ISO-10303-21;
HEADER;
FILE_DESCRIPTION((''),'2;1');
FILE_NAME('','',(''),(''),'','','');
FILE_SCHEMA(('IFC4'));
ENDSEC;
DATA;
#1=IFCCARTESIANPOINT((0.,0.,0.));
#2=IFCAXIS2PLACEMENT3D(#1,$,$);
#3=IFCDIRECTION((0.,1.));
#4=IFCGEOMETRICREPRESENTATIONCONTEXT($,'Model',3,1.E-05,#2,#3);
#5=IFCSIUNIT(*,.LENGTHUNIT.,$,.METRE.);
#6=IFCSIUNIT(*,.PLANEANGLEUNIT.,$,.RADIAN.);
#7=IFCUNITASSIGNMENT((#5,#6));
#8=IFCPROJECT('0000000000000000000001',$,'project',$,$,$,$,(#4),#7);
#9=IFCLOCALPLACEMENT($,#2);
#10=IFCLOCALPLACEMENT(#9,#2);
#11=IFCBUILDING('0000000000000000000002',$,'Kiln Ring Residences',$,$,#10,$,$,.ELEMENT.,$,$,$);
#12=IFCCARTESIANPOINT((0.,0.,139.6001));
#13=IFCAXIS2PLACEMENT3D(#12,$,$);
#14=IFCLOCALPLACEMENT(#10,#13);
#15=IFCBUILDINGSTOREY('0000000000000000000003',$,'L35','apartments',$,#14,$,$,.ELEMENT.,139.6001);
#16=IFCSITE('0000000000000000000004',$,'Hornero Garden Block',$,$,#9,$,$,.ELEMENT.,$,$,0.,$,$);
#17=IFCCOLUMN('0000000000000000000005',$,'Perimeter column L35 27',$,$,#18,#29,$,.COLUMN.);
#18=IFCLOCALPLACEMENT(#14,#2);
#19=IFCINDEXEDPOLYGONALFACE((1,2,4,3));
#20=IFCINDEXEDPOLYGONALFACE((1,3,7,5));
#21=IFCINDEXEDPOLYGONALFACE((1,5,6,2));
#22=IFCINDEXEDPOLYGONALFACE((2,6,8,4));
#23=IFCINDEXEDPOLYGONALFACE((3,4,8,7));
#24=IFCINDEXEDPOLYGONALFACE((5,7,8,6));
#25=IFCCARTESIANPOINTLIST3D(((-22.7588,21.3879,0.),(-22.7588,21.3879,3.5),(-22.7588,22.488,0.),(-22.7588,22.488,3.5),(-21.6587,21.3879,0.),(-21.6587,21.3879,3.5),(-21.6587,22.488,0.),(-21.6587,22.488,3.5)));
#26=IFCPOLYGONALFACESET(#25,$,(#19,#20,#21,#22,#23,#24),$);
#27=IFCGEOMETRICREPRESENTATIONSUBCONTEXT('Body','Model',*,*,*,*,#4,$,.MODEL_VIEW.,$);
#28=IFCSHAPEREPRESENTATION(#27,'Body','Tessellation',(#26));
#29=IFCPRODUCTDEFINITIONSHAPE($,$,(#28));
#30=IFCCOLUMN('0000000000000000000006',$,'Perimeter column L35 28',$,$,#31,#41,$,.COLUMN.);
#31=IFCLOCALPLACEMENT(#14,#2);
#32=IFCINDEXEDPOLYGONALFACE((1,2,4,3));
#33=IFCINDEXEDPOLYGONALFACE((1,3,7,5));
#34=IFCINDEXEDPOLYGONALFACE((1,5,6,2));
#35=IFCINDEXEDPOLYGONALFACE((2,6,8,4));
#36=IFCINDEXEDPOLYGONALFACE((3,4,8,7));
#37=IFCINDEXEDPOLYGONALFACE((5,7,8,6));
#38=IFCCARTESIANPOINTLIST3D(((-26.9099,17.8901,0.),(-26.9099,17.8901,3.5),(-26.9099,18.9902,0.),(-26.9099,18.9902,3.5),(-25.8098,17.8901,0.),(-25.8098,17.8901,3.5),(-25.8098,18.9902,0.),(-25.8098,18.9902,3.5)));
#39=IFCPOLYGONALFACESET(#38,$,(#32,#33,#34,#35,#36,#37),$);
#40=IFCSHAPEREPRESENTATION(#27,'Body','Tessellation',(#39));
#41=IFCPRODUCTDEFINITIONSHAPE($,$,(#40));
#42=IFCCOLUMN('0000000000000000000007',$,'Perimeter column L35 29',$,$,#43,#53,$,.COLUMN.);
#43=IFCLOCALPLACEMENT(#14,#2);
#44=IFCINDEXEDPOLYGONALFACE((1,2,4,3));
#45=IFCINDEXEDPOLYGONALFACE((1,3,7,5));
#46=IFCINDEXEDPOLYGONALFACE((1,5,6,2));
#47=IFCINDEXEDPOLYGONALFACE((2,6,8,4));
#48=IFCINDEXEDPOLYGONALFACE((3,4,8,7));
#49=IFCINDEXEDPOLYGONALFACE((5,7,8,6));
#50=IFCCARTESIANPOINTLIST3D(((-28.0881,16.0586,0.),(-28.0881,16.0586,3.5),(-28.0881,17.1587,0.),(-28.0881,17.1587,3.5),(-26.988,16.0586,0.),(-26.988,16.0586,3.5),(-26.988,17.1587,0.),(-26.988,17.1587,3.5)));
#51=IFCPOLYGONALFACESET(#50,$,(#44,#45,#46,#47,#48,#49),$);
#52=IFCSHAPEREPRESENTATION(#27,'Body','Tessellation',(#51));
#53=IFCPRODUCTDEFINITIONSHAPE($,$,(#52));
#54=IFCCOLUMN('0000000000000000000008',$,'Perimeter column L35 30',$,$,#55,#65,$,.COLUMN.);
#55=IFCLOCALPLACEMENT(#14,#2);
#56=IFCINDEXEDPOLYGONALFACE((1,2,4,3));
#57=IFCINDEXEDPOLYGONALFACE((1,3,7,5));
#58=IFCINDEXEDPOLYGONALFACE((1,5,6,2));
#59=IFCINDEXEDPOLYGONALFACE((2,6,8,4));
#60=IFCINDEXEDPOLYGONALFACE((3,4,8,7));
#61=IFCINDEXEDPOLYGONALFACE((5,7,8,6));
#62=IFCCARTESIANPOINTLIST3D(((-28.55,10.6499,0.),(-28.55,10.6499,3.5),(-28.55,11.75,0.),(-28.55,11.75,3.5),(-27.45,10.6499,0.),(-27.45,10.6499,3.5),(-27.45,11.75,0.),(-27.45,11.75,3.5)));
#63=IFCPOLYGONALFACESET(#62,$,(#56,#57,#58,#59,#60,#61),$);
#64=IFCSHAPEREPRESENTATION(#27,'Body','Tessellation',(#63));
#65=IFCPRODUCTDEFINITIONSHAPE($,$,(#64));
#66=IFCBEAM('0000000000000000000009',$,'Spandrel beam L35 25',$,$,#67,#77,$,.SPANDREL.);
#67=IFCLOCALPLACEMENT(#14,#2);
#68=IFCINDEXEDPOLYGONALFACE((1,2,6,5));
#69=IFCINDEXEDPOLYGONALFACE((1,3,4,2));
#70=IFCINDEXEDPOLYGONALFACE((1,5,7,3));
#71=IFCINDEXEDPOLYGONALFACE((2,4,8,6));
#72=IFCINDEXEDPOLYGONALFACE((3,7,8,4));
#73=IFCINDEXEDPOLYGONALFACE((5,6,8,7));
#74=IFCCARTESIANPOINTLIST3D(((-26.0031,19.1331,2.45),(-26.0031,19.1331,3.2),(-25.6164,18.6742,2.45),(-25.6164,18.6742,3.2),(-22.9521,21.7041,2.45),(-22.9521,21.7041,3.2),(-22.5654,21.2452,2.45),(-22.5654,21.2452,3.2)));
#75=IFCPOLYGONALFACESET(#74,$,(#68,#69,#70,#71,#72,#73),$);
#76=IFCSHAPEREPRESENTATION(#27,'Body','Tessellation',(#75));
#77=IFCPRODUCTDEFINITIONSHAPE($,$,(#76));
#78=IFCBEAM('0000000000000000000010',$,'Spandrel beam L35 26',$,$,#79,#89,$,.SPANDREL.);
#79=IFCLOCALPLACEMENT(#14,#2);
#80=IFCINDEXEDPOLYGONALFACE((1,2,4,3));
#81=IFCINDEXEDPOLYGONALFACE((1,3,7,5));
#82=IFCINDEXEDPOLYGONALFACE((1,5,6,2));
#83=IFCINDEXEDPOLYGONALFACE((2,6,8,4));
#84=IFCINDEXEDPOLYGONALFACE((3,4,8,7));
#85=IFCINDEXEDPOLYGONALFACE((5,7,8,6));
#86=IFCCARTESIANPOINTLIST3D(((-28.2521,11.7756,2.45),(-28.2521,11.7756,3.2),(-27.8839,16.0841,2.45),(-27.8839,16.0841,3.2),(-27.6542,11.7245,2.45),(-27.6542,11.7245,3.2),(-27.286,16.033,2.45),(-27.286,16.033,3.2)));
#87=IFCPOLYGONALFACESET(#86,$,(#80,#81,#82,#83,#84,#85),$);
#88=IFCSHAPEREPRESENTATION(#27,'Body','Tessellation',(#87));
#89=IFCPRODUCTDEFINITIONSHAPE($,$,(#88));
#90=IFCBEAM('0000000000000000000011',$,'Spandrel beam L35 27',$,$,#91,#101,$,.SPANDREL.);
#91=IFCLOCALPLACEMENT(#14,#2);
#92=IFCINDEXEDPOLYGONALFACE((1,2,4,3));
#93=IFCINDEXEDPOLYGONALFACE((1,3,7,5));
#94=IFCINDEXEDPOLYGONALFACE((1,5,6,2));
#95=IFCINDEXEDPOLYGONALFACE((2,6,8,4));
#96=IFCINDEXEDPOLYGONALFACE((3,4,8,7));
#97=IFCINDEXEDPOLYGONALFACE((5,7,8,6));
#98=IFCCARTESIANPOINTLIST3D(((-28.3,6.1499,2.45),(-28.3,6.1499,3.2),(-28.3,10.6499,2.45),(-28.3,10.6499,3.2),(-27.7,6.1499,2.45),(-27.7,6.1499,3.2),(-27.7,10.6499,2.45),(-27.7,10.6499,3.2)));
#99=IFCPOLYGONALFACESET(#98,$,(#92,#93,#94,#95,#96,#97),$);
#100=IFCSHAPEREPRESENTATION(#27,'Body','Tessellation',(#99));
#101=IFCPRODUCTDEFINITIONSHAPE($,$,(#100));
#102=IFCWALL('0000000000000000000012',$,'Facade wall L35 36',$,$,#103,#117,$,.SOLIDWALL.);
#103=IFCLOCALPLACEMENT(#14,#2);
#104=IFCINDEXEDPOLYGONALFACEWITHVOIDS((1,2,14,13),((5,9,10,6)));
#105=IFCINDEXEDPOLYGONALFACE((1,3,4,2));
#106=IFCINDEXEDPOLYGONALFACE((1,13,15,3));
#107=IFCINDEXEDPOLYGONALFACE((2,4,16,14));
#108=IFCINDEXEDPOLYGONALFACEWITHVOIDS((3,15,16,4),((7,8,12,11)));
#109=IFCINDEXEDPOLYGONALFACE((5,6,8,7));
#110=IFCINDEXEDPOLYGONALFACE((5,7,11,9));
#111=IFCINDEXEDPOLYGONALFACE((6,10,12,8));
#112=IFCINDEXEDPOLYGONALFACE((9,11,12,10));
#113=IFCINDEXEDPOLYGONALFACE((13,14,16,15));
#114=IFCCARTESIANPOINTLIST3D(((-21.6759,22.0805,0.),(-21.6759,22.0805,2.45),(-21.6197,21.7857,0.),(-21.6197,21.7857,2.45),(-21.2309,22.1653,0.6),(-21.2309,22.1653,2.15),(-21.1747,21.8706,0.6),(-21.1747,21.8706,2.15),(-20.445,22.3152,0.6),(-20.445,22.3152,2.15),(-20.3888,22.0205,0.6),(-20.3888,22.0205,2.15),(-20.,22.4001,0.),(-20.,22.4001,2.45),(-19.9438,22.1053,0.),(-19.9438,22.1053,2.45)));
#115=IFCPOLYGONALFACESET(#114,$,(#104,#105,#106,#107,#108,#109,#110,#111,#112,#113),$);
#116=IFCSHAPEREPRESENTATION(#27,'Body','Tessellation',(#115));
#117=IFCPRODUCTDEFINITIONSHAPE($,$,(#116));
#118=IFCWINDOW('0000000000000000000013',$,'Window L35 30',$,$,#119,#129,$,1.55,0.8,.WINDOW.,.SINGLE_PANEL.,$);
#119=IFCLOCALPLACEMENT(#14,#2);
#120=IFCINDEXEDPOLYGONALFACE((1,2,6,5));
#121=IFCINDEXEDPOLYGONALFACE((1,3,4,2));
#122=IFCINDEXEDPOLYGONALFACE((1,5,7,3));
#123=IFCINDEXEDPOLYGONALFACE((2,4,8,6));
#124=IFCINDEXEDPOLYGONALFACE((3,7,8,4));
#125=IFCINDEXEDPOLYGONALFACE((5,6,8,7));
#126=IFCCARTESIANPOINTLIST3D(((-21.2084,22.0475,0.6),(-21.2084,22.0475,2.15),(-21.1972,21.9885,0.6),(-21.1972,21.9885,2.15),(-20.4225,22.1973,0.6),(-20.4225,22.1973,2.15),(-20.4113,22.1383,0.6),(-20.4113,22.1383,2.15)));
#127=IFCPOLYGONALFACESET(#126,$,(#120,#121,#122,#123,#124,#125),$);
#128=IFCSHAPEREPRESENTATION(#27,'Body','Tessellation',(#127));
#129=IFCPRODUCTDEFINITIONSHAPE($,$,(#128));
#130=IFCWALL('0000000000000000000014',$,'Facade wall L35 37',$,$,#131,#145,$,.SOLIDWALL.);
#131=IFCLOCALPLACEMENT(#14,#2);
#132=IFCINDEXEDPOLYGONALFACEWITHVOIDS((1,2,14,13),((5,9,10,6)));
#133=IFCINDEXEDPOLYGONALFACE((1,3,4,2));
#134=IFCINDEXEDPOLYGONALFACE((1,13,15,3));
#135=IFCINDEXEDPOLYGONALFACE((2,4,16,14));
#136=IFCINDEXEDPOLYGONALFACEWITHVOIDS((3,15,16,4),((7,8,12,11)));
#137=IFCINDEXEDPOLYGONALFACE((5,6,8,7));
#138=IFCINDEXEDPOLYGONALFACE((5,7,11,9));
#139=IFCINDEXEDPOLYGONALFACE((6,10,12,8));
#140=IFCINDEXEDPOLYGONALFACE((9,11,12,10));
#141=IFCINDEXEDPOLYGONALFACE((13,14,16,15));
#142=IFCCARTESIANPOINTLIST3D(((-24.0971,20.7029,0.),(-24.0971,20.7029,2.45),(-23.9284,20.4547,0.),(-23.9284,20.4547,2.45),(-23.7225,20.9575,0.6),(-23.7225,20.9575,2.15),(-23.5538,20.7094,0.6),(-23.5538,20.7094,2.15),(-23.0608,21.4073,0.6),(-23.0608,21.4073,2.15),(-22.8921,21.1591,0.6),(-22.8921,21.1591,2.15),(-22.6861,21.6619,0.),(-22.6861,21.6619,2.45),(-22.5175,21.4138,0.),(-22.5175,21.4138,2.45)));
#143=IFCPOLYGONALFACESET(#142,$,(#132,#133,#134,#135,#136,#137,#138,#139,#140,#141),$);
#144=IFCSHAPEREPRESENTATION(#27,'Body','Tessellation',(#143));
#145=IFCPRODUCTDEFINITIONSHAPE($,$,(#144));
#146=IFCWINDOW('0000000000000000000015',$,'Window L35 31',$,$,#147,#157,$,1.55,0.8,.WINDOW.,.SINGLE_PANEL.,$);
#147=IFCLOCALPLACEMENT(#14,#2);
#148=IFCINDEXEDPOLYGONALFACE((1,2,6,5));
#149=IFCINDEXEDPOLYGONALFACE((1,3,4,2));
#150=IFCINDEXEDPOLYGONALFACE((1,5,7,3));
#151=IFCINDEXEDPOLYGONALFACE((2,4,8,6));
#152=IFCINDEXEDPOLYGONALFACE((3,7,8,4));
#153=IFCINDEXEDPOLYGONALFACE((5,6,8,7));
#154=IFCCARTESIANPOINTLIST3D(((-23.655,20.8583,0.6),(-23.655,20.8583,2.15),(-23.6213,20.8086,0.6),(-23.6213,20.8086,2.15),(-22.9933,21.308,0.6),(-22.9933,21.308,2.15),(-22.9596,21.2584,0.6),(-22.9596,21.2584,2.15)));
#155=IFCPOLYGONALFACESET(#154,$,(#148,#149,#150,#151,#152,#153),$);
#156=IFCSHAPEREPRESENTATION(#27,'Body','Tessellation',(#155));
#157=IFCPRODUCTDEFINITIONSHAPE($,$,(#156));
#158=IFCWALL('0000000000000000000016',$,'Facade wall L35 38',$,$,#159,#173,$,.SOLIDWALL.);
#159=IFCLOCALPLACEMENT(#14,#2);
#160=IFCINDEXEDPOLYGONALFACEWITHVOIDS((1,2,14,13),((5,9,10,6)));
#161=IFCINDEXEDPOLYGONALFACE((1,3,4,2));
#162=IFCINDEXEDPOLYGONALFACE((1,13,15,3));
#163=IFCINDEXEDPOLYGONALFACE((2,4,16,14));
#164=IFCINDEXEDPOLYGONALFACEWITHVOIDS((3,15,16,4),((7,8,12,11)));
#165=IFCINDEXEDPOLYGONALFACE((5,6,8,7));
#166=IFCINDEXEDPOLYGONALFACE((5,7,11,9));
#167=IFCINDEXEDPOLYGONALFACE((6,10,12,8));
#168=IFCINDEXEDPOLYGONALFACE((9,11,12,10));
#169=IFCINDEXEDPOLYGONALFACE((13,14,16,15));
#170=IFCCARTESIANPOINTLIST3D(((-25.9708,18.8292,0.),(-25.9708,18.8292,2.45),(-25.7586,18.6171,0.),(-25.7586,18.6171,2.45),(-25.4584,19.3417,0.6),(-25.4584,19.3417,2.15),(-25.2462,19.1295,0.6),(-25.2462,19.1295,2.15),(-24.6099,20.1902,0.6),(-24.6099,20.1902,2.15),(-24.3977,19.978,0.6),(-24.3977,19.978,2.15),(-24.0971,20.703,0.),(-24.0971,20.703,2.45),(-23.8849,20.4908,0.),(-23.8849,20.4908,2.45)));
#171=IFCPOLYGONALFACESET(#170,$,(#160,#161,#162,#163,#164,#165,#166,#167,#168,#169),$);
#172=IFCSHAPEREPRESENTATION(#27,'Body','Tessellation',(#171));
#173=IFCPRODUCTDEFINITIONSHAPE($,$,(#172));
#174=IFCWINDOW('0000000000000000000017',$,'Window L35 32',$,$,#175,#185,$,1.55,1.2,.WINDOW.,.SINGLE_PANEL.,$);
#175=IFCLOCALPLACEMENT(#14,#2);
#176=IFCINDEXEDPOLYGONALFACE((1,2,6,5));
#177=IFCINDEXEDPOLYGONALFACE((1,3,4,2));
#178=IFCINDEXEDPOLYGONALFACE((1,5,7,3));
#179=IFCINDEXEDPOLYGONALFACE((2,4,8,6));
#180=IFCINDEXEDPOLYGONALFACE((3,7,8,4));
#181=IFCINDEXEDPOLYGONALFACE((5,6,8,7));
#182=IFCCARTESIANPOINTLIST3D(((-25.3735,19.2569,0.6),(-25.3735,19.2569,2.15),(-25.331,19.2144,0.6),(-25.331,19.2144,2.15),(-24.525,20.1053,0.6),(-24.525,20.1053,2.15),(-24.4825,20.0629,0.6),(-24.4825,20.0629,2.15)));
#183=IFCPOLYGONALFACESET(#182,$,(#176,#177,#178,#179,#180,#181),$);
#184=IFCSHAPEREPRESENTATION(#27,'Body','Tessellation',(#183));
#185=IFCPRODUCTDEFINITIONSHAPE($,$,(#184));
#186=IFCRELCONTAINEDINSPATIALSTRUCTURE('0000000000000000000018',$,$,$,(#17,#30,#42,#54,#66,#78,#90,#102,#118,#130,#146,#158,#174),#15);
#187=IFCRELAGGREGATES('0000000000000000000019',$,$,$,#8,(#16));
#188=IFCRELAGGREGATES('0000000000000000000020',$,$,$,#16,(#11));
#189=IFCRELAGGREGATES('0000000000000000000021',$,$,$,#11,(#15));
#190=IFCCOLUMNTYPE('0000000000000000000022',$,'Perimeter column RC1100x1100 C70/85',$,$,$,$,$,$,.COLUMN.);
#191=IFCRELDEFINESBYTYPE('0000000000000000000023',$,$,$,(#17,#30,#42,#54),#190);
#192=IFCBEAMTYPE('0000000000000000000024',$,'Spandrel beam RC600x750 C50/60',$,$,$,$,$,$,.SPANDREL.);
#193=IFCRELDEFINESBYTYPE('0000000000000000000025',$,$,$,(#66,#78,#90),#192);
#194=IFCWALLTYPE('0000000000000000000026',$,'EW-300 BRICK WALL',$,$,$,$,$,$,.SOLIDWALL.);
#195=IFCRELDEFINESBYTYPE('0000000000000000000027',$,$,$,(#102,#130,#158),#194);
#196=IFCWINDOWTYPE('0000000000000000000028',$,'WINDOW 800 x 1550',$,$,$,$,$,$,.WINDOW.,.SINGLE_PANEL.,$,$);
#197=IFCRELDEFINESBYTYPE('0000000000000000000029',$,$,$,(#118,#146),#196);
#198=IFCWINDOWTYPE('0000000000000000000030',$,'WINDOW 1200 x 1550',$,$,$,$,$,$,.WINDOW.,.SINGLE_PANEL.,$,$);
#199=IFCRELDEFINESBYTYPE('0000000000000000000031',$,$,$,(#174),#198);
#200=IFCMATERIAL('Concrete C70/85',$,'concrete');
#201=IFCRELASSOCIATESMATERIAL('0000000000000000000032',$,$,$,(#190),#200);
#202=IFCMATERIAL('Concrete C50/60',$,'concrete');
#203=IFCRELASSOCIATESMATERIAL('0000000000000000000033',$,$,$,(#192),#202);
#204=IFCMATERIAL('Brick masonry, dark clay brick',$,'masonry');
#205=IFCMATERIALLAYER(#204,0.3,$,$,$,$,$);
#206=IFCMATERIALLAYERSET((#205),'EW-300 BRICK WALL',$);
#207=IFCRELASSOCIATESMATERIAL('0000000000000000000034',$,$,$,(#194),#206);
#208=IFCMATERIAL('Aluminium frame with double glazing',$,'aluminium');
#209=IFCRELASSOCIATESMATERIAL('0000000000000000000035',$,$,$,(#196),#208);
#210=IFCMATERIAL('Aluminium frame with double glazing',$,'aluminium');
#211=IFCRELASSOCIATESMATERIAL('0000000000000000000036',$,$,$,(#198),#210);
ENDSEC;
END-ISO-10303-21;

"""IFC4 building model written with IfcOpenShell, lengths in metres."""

from ifc_helpers import new_model, si_unit, direction, frame, frame_2d, origin, origin_2d, place, context, subcontext, project, spatial, rectangle, extrude, material, layer, layer_set, material_profile, profile_set, type_object, element, fill, save


model = new_model("IFC4")

# Units and contexts
model_context = context("Model", 3, precision=1e-05, world=origin(), true_north=direction((0.0, 1.0)))
body_context = subcontext(model_context, "Body", "Model", "MODEL_VIEW")
ifc_project = project(units=[si_unit("LENGTHUNIT", "METRE"), si_unit("PLANEANGLEUNIT", "RADIAN")], contexts=[model_context])

# Site, building, storey
site_placement = place(None, origin())
site = spatial("IfcSite", under=ifc_project, at=site_placement, Name="Hornero Garden Block", CompositionType="ELEMENT", RefElevation=0.0)
building_placement = place(site_placement, origin())
building = spatial("IfcBuilding", under=site, at=building_placement, Name="Kiln Ring Residences", CompositionType="ELEMENT")
storey_placement = place(building_placement, frame((0.0, 0.0, 139.6001)))
storey = spatial("IfcBuildingStorey", under=building, at=storey_placement, Name="L35", Description="apartments", CompositionType="ELEMENT", Elevation=139.6001)

# Columns
ifc_material_1 = material(Name="Concrete C70/85", Category="concrete")
ifc_material_profile_1 = material_profile(ifc_material_1, rectangle(XDim=1.1001, YDim=1.1001, at=origin_2d()), Name="RC1100x1100")
ifc_profile_set_1 = profile_set([ifc_material_profile_1], Name="Concrete C70/85")
column_type = type_object("IfcColumnType", Name="Perimeter column RC1100x1100 C70/85", PredefinedType="COLUMN", material=ifc_profile_set_1)
for number, where, z_axis, x_axis, name in (
    (1, (-22.2087, 21.938, 0.0), (0.0, 0.0, 1.0), (1.0, 0.0, 0.0), "Perimeter column L35 27"),
    (2, (-26.3599, 18.4402, 0.0), (0.0, 0.0, 1.0), (1.0, 0.0, 0.0), "Perimeter column L35 28"),
    (3, (-27.5381, 16.6086, 0.0), (0.0, 0.0, 1.0), (1.0, 0.0, 0.0), "Perimeter column L35 29"),
    (4, (-28.0, 11.2, 0.0), (0.0, 0.0, 1.0), (1.0, 0.0, 0.0), "Perimeter column L35 30"),
):
    element("IfcColumn", number, at=place(storey_placement, frame(where, z_axis=z_axis, x_axis=x_axis)), inside=storey, type_object=column_type, Name=name, PredefinedType="COLUMN", context=body_context, shape_type="SweptSolid", body=[
        extrude(rectangle(XDim=1.1001, YDim=1.1001, at=origin_2d()), origin(), (0.0, 0.0, 1.0), 3.5),
    ])

# Beams
ifc_material_2 = material(Name="Concrete C50/60", Category="concrete")
ifc_material_profile_2 = material_profile(ifc_material_2, rectangle(XDim=0.6001, YDim=0.75, at=origin_2d()), Name="RC600x750")
ifc_profile_set_2 = profile_set([ifc_material_profile_2], Name="Concrete C50/60")
beam_type = type_object("IfcBeamType", Name="Spandrel beam RC600x750 C50/60", PredefinedType="SPANDREL", material=ifc_profile_set_2)
beam_1_placement = place(storey_placement, frame((-22.7588, 21.4746, 2.825), z_axis=(-0.764694, -0.644394, 0.0), x_axis=(0.644394, -0.764694, 0.0)))
element("IfcBeam", 5, at=beam_1_placement, inside=storey, type_object=beam_type, Name="Spandrel beam L35 25", PredefinedType="SPANDREL", context=body_context, shape_type="SweptSolid", body=[
    extrude(rectangle(XDim=0.6001, YDim=0.75, at=origin_2d()), origin(), (0.0, 0.0, 1.0), 3.9897),
])
beam_2_placement = place(storey_placement, frame((-27.585, 16.0586, 2.825), z_axis=(-0.085139, -0.996369, 0.0), x_axis=(0.996369, -0.085139, 0.0)))
element("IfcBeam", 6, at=beam_2_placement, inside=storey, type_object=beam_type, Name="Spandrel beam L35 26", PredefinedType="SPANDREL", context=body_context, shape_type="SweptSolid", body=[
    extrude(rectangle(XDim=0.6001, YDim=0.75, at=origin_2d()), origin(), (0.0, 0.0, 1.0), 4.3242),
])
beam_3_placement = place(storey_placement, frame((-28.0, 10.6499, 2.825), z_axis=(0.0, -1.0, 0.0), x_axis=(1.0, 0.0, 0.0)))
element("IfcBeam", 7, at=beam_3_placement, inside=storey, type_object=beam_type, Name="Spandrel beam L35 27", PredefinedType="SPANDREL", context=body_context, shape_type="SweptSolid", body=[
    extrude(rectangle(XDim=0.6001, YDim=0.75, at=origin_2d()), origin(), (0.0, 0.0, 1.0), 4.5),
])

# Walls, openings, windows
ifc_material_3 = material(Name="Brick masonry, dark clay brick", Category="masonry")
ifc_layer_1 = layer(ifc_material_3, 0.3)
ifc_layer_set_1 = layer_set([ifc_layer_1], Name="EW-300 BRICK WALL")
wall_type_1 = type_object("IfcWallType", Name="EW-300 BRICK WALL", PredefinedType="SOLIDWALL", material=ifc_layer_set_1)
wall_1_placement = place(storey_placement, frame((-19.9719, 22.2527, 0.0), z_axis=(0.0, 0.0, 1.0), x_axis=(-0.982297, -0.187329, 0.0)))
wall_1 = element("IfcWall", 8, at=wall_1_placement, inside=storey, type_object=wall_type_1, Name="Facade wall L35 36", PredefinedType="SOLIDWALL", context=body_context, shape_type="SweptSolid", body=[
    extrude(rectangle(XDim=1.7061, YDim=0.3, at=frame_2d((0.853, 0.0))), origin(), (0.0, 0.0, 1.0), 2.45),
])
opening_1_placement = place(wall_1_placement, frame((0.4531, 0.0, 0.6001)))
opening_1 = element("IfcOpeningElement", 9, at=opening_1_placement, cuts=wall_1, PredefinedType="OPENING", context=body_context, shape_type="SweptSolid", body=[
    extrude(rectangle(XDim=0.8, YDim=1.55, at=frame_2d((0.3999, 0.7749))), frame((0.0, 0.1599, 0.0), z_axis=(0.0, -1.0, 0.0), x_axis=(1.0, 0.0, 0.0)), (0.0, 0.0, 1.0), 0.3201),
])
ifc_material_4 = material(Name="Aluminium frame with double glazing", Category="aluminium")
window_type_1 = type_object("IfcWindowType", Name="WINDOW 800 x 1550", PartitioningType="SINGLE_PANEL", PredefinedType="WINDOW", material=ifc_material_4)
window_1_placement = place(opening_1_placement, origin())
window_1 = element("IfcWindow", 10, at=window_1_placement, inside=storey, type_object=window_type_1, Name="Window L35 30", OverallHeight=1.55, OverallWidth=0.8, PartitioningType="SINGLE_PANEL", PredefinedType="WINDOW", context=body_context, shape_type="SweptSolid", body=[
    extrude(rectangle(XDim=0.8, YDim=1.55, at=frame_2d((0.3999, 0.7749))), frame((0.0, 0.03, 0.0), z_axis=(0.0, -1.0, 0.0), x_axis=(1.0, 0.0, 0.0)), (0.0, 0.0, 1.0), 0.0601),
])
fill(opening_1, window_1)
wall_2_placement = place(storey_placement, frame((-22.6018, 21.5378, 0.0), z_axis=(0.0, 0.0, 1.0), x_axis=(-0.827041, -0.562142, 0.0)))
wall_2 = element("IfcWall", 11, at=wall_2_placement, inside=storey, type_object=wall_type_1, Name="Facade wall L35 37", PredefinedType="SOLIDWALL", context=body_context, shape_type="SweptSolid", body=[
    extrude(rectangle(XDim=1.7061, YDim=0.3, at=frame_2d((0.853, 0.0))), origin(), (0.0, 0.0, 1.0), 2.45),
])
opening_2_placement = place(wall_2_placement, frame((0.4531, 0.0, 0.6001)))
opening_2 = element("IfcOpeningElement", 12, at=opening_2_placement, cuts=wall_2, PredefinedType="OPENING", context=body_context, shape_type="SweptSolid", body=[
    extrude(rectangle(XDim=0.8, YDim=1.55, at=frame_2d((0.3999, 0.7749))), frame((0.0, 0.1599, 0.0), z_axis=(0.0, -1.0, 0.0), x_axis=(1.0, 0.0, 0.0)), (0.0, 0.0, 1.0), 0.3201),
])
window_2_placement = place(opening_2_placement, origin())
window_2 = element("IfcWindow", 13, at=window_2_placement, inside=storey, type_object=window_type_1, Name="Window L35 31", OverallHeight=1.55, OverallWidth=0.8, PartitioningType="SINGLE_PANEL", PredefinedType="WINDOW", context=body_context, shape_type="SweptSolid", body=[
    extrude(rectangle(XDim=0.8, YDim=1.55, at=frame_2d((0.3999, 0.7749))), frame((0.0, 0.03, 0.0), z_axis=(0.0, -1.0, 0.0), x_axis=(1.0, 0.0, 0.0)), (0.0, 0.0, 1.0), 0.0601),
])
fill(opening_2, window_2)
wall_3_placement = place(storey_placement, frame((-23.991, 20.5969, 0.0), z_axis=(0.0, 0.0, 1.0), x_axis=(-0.707107, -0.707107, 0.0)))
wall_3 = element("IfcWall", 14, at=wall_3_placement, inside=storey, type_object=wall_type_1, Name="Facade wall L35 38", PredefinedType="SOLIDWALL", context=body_context, shape_type="SweptSolid", body=[
    extrude(rectangle(XDim=2.6499, YDim=0.3, at=frame_2d((1.325, 0.0))), origin(), (0.0, 0.0, 1.0), 2.45),
])
opening_3_placement = place(wall_3_placement, frame((0.7251, 0.0, 0.6001)))
opening_3 = element("IfcOpeningElement", 15, at=opening_3_placement, cuts=wall_3, PredefinedType="OPENING", context=body_context, shape_type="SweptSolid", body=[
    extrude(rectangle(XDim=1.2, YDim=1.55, at=frame_2d((0.6001, 0.7749))), frame((0.0, 0.1599, 0.0), z_axis=(0.0, -1.0, 0.0), x_axis=(1.0, 0.0, 0.0)), (0.0, 0.0, 1.0), 0.3201),
])
ifc_material_5 = material(Name="Aluminium frame with double glazing", Category="aluminium")
window_type_2 = type_object("IfcWindowType", Name="WINDOW 1200 x 1550", PartitioningType="SINGLE_PANEL", PredefinedType="WINDOW", material=ifc_material_5)
window_3_placement = place(opening_3_placement, origin())
window_3 = element("IfcWindow", 16, at=window_3_placement, inside=storey, type_object=window_type_2, Name="Window L35 32", OverallHeight=1.55, OverallWidth=1.2, PartitioningType="SINGLE_PANEL", PredefinedType="WINDOW", context=body_context, shape_type="SweptSolid", body=[
    extrude(rectangle(XDim=1.2, YDim=1.55, at=frame_2d((0.6001, 0.7749))), frame((0.0, 0.03, 0.0), z_axis=(0.0, -1.0, 0.0), x_axis=(1.0, 0.0, 0.0)), (0.0, 0.0, 1.0), 0.0601),
])
fill(opening_3, window_3)

save(model, "model.ifc")
